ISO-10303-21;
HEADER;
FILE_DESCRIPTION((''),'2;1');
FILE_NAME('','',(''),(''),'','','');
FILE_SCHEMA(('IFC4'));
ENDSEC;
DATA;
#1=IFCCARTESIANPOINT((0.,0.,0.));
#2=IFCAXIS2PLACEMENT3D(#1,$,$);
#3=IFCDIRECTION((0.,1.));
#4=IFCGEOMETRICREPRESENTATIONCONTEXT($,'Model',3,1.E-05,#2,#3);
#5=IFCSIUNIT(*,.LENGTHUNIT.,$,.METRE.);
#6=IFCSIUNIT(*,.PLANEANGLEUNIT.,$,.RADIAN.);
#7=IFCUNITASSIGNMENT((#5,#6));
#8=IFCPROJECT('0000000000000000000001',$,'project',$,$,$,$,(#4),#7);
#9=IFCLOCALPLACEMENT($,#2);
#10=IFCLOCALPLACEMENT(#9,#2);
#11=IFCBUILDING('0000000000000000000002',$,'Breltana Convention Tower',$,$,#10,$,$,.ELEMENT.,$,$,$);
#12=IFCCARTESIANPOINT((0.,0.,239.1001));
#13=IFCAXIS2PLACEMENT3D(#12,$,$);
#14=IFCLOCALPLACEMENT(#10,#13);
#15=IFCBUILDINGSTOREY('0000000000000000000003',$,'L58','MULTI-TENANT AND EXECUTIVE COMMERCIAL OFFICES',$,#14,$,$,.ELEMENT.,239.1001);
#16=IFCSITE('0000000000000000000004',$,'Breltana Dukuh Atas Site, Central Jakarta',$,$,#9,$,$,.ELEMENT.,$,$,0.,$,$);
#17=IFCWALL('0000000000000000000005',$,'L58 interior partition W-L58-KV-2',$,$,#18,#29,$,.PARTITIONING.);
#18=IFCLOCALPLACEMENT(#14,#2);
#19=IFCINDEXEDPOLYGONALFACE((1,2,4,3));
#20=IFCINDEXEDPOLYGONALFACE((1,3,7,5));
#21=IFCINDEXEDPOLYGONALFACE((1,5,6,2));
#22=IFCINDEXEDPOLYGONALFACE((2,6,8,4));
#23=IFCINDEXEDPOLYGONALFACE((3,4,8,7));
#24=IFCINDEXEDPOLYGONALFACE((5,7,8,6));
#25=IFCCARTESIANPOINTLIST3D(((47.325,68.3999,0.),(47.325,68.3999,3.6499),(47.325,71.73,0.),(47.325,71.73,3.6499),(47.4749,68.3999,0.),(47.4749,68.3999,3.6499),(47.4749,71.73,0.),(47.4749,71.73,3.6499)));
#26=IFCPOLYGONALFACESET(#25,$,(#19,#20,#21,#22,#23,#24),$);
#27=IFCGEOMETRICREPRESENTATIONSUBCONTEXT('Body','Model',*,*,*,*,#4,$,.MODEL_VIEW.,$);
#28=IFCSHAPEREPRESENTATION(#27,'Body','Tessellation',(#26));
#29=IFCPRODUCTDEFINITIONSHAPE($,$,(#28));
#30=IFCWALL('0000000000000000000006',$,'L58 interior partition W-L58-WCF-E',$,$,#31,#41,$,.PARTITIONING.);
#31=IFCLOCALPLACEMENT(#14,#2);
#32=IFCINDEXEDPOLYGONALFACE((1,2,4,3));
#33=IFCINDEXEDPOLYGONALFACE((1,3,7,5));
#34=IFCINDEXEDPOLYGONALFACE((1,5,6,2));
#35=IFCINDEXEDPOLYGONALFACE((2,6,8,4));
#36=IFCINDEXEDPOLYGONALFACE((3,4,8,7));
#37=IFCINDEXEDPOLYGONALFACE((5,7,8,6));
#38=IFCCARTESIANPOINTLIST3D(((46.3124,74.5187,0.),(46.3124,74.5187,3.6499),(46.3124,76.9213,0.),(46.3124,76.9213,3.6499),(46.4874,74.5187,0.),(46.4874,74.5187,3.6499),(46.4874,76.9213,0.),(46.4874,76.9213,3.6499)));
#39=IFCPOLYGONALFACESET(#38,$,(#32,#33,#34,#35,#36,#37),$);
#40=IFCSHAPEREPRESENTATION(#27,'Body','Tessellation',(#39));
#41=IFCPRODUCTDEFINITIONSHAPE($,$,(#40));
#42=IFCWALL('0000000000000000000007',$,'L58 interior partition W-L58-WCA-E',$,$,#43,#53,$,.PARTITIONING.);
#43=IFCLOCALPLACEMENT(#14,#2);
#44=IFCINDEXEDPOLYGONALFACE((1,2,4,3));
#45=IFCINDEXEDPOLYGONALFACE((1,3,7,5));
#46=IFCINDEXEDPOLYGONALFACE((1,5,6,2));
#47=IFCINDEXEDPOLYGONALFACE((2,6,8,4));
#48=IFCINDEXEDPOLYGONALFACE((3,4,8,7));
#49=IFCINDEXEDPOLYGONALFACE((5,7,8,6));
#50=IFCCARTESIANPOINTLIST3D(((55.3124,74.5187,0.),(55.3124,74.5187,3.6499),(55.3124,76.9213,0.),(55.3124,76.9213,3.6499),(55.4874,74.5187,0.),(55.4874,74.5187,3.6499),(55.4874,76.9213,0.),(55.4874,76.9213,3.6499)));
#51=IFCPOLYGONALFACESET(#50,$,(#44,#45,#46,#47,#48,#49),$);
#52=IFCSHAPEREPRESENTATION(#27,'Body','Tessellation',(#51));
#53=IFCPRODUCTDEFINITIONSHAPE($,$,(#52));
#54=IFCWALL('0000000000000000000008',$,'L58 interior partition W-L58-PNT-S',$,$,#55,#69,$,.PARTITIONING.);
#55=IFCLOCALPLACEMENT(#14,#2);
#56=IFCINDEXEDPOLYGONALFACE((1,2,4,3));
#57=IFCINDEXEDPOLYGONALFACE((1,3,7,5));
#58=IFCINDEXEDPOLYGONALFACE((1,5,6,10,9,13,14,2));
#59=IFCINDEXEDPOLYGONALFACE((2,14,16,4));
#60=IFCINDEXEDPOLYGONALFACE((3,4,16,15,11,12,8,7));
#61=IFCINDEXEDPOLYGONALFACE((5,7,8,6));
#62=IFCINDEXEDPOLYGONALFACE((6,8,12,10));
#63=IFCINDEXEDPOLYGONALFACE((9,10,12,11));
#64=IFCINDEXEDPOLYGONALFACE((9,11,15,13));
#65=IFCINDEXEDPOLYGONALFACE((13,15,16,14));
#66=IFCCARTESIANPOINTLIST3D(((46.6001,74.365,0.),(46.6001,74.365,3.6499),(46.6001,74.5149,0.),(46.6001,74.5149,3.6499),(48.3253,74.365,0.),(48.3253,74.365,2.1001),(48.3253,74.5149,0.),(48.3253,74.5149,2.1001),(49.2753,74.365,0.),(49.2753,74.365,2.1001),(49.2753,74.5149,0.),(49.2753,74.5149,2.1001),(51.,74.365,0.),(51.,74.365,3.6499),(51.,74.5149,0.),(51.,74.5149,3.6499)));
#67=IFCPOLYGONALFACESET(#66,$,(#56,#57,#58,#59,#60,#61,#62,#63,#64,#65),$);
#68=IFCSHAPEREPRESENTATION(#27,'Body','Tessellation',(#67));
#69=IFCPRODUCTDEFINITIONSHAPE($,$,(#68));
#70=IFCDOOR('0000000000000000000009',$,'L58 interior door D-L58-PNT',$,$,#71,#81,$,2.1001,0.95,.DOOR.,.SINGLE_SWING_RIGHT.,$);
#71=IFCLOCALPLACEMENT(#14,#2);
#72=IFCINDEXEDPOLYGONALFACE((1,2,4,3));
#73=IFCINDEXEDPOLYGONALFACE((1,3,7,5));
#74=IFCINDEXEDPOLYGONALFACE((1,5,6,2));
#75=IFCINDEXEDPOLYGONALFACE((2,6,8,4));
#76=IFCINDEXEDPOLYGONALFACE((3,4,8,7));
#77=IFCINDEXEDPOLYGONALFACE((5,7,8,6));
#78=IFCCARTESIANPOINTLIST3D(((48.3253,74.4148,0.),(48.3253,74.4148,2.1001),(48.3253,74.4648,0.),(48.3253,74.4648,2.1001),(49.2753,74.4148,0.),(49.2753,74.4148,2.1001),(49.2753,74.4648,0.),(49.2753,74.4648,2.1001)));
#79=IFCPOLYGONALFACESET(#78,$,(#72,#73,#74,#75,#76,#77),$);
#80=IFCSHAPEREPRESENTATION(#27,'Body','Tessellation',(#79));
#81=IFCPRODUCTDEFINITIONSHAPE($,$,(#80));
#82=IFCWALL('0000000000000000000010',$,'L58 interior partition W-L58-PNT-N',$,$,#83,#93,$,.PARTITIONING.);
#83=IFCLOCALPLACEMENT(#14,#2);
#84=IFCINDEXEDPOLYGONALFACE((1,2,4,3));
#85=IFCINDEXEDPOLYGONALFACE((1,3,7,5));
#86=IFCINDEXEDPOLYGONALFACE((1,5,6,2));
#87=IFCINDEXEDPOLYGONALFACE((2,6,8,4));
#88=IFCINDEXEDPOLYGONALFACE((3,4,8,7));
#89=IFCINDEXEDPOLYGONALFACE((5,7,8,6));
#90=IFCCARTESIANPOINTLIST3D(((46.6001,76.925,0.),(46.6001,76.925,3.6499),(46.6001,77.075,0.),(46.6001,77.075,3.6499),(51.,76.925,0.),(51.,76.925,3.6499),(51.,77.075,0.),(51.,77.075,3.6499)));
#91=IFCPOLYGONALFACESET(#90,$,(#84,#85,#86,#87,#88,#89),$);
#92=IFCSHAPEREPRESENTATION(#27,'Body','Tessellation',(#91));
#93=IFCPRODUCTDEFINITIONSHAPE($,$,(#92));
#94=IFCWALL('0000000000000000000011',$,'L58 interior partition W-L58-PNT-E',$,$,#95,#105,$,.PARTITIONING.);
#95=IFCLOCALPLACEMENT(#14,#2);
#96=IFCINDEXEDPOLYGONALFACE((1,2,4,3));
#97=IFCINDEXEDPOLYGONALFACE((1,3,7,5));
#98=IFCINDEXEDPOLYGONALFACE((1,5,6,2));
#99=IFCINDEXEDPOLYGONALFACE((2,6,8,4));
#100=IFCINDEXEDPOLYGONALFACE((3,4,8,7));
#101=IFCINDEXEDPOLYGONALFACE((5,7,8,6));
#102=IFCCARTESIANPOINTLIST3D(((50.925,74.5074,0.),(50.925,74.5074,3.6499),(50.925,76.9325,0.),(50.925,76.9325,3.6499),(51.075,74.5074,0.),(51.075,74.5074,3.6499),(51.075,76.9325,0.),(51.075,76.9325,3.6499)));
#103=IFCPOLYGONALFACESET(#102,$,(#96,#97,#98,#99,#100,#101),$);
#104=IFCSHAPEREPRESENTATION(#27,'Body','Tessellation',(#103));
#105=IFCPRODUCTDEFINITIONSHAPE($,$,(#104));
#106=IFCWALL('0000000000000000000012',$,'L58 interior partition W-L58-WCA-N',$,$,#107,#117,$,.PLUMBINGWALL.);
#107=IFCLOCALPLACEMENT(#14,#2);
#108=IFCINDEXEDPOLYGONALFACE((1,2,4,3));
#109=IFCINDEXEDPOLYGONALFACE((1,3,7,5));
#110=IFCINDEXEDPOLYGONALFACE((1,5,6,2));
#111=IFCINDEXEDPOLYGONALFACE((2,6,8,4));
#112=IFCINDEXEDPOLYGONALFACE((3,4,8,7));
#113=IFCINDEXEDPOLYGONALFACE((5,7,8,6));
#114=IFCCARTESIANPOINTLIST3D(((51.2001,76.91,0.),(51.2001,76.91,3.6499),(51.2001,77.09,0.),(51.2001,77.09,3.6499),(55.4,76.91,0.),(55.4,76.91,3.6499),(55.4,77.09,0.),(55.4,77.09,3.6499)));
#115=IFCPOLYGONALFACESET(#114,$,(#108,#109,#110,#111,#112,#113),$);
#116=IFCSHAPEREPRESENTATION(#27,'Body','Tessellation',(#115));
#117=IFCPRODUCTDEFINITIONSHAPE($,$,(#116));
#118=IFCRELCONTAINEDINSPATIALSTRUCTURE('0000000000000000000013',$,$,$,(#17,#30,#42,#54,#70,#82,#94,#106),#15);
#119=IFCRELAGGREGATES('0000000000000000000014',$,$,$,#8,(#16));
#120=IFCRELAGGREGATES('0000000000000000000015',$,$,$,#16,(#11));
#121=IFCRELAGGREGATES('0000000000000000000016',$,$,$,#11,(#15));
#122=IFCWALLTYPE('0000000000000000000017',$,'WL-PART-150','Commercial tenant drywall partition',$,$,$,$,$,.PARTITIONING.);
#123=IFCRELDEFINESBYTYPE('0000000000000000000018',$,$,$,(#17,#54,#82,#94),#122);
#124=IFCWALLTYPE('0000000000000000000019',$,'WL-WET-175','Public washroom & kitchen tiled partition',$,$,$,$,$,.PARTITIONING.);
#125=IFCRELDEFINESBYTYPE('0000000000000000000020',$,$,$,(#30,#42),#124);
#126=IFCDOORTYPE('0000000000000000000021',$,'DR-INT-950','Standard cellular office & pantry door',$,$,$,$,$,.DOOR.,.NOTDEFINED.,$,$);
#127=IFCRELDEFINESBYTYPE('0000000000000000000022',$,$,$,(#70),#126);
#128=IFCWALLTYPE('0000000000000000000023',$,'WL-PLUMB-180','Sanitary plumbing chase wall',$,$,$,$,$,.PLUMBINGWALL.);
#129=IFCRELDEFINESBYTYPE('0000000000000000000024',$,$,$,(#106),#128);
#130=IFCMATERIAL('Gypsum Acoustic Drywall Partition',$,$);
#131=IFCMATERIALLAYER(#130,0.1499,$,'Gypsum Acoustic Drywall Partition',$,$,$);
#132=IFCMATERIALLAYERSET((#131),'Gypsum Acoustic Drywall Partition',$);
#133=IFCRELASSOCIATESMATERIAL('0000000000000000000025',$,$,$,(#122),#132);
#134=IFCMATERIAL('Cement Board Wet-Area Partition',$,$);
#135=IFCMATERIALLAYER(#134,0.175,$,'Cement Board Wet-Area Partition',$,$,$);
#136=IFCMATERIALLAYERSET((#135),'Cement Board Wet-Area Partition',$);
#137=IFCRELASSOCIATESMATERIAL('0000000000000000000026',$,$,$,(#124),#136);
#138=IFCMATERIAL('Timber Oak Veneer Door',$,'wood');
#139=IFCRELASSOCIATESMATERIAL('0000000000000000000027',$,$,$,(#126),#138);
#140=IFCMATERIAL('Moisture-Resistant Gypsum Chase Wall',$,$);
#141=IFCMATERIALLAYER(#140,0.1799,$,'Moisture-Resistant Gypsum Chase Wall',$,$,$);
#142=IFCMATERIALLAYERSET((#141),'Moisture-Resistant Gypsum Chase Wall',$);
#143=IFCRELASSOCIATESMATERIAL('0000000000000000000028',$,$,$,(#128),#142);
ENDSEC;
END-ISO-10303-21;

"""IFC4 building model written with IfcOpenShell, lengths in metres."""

from ifc_helpers import new_model, si_unit, direction, frame, frame_2d, origin, place, context, subcontext, project, spatial, rectangle, extrude, source, transform, mapped, material, layer, layer_set, type_object, type_shapes, element, fill, save


model = new_model("IFC4")

# Units and contexts
model_context = context("Model", 3, precision=1e-05, world=origin(), true_north=direction((0.0, 1.0)))
body_context = subcontext(model_context, "Body", "Model", "MODEL_VIEW")
ifc_project = project(units=[si_unit("LENGTHUNIT", "METRE"), si_unit("PLANEANGLEUNIT", "RADIAN")], contexts=[model_context])

# Site, building, storey
site_placement = place(None, origin())
site = spatial("IfcSite", under=ifc_project, at=site_placement, Name="Breltana Dukuh Atas Site, Central Jakarta", CompositionType="ELEMENT", RefElevation=0.0)
building_placement = place(site_placement, origin())
building = spatial("IfcBuilding", under=site, at=building_placement, Name="Breltana Convention Tower", CompositionType="ELEMENT")
storey_placement = place(building_placement, frame((0.0, 0.0, 239.1001)))
storey = spatial("IfcBuildingStorey", under=building, at=storey_placement, Name="L58", Description="MULTI-TENANT AND EXECUTIVE COMMERCIAL OFFICES", CompositionType="ELEMENT", Elevation=239.1001)

# Walls
ifc_material_1 = material(Name="Gypsum Acoustic Drywall Partition")
ifc_layer_1 = layer(ifc_material_1, 0.1499, Name="Gypsum Acoustic Drywall Partition")
ifc_layer_set_1 = layer_set([ifc_layer_1], Name="Gypsum Acoustic Drywall Partition")
wall_type_1 = type_object("IfcWallType", Name="WL-PART-150", Description="Commercial tenant drywall partition", PredefinedType="PARTITIONING", material=ifc_layer_set_1)
shared_shape_1 = source(origin(), body_context, "Body", "SweptSolid", [
    extrude(rectangle(XDim=3.3301, YDim=0.1499, at=frame_2d((1.665, 0.0))), origin(), (0.0, 0.0, 1.0), 3.6499),
])
for number, where, z_axis, x_axis, name in (
    (1, (47.3999, 68.3999, 0.0), (0.0, 0.0, 1.0), (0.0, 1.0, 0.0), "L58 interior partition W-L58-KV-2"),
):
    element("IfcWall", number, at=place(storey_placement, frame(where, z_axis=z_axis, x_axis=x_axis)), inside=storey, type_object=wall_type_1, Name=name, PredefinedType="PARTITIONING", context=body_context, shape_type="MappedRepresentation", body=[
        mapped(shared_shape_1, transform((0.0, 0.0, 0.0), scale=1.0)),
    ])
ifc_material_2 = material(Name="Cement Board Wet-Area Partition")
ifc_layer_2 = layer(ifc_material_2, 0.175, Name="Cement Board Wet-Area Partition")
ifc_layer_set_2 = layer_set([ifc_layer_2], Name="Cement Board Wet-Area Partition")
wall_type_2 = type_object("IfcWallType", Name="WL-WET-175", Description="Public washroom & kitchen tiled partition", PredefinedType="PARTITIONING", material=ifc_layer_set_2)
shared_shape_2 = source(origin(), body_context, "Body", "SweptSolid", [
    extrude(rectangle(XDim=2.4026, YDim=0.175, at=frame_2d((1.2012, 0.0))), origin(), (0.0, 0.0, 1.0), 3.6499),
])
for number, where, z_axis, x_axis, name in (
    (2, (46.3999, 74.5188, 0.0), (0.0, 0.0, 1.0), (0.0, 1.0, 0.0), "L58 interior partition W-L58-WCF-E"),
    (3, (55.3999, 74.5188, 0.0), (0.0, 0.0, 1.0), (0.0, 1.0, 0.0), "L58 interior partition W-L58-WCA-E"),
):
    element("IfcWall", number, at=place(storey_placement, frame(where, z_axis=z_axis, x_axis=x_axis)), inside=storey, type_object=wall_type_2, Name=name, PredefinedType="PARTITIONING", context=body_context, shape_type="MappedRepresentation", body=[
        mapped(shared_shape_2, transform((0.0, 0.0, 0.0), scale=1.0)),
    ])

# Wall, opening, door
shared_shape_3 = source(origin(), body_context, "Body", "SweptSolid", [
    extrude(rectangle(XDim=4.3999, YDim=0.1499, at=frame_2d((2.2, 0.0))), origin(), (0.0, 0.0, 1.0), 3.6499),
])
wall_1_placement = place(storey_placement, frame((46.6001, 74.4399, 0.0), z_axis=(0.0, 0.0, 1.0), x_axis=(1.0, 0.0, 0.0)))
wall_1 = element("IfcWall", 4, at=wall_1_placement, inside=storey, type_object=wall_type_1, Name="L58 interior partition W-L58-PNT-S", PredefinedType="PARTITIONING", context=body_context, shape_type="MappedRepresentation", body=[
    mapped(shared_shape_3, transform((0.0, 0.0, 0.0), scale=1.0)),
])
opening_1_placement = place(wall_1_placement, frame((1.7251, 0.0, 0.0)))
opening_1 = element("IfcOpeningElement", 5, at=opening_1_placement, cuts=wall_1, PredefinedType="OPENING", context=body_context, shape_type="SweptSolid", body=[
    extrude(rectangle(XDim=0.95, YDim=2.1001, at=frame_2d((0.4751, 1.05))), frame((0.0, 0.085, 0.0), z_axis=(0.0, -1.0, 0.0), x_axis=(1.0, 0.0, 0.0)), (0.0, 0.0, 1.0), 0.1699),
])
ifc_material_3 = material(Name="Timber Oak Veneer Door", Category="wood")
door_type_1 = type_object("IfcDoorType", Name="DR-INT-950", Description="Standard cellular office & pantry door", OperationType="NOTDEFINED", PredefinedType="DOOR", material=ifc_material_3)
shared_shape_4 = source(origin(), body_context, "Body", "SweptSolid", [
    extrude(rectangle(XDim=0.95, YDim=2.1001, at=frame_2d((0.4751, 1.05))), frame((0.0, 0.0249, 0.0), z_axis=(0.0, -1.0, 0.0), x_axis=(1.0, 0.0, 0.0)), (0.0, 0.0, 1.0), 0.05),
])
type_shapes(door_type_1, [shared_shape_4])
door_1_placement = place(opening_1_placement, origin())
door_1 = element("IfcDoor", 6, at=door_1_placement, inside=storey, type_object=door_type_1, Name="L58 interior door D-L58-PNT", OperationType="SINGLE_SWING_RIGHT", OverallHeight=2.1001, OverallWidth=0.95, PredefinedType="DOOR", context=body_context, shape_type="MappedRepresentation", body=[
    mapped(shared_shape_4, transform((0.0, 0.0, 0.0), scale=1.0)),
])
fill(opening_1, door_1)

# Walls
wall_2_placement = place(storey_placement, frame((46.6001, 77.0, 0.0), z_axis=(0.0, 0.0, 1.0), x_axis=(1.0, 0.0, 0.0)))
element("IfcWall", 7, at=wall_2_placement, inside=storey, type_object=wall_type_1, Name="L58 interior partition W-L58-PNT-N", PredefinedType="PARTITIONING", context=body_context, shape_type="MappedRepresentation", body=[
    mapped(shared_shape_3, transform((0.0, 0.0, 0.0), scale=1.0)),
])
shared_shape_5 = source(origin(), body_context, "Body", "SweptSolid", [
    extrude(rectangle(XDim=2.425, YDim=0.1499, at=frame_2d((1.2124, 0.0))), origin(), (0.0, 0.0, 1.0), 3.6499),
])
wall_3_placement = place(storey_placement, frame((51.0, 74.5076, 0.0), z_axis=(0.0, 0.0, 1.0), x_axis=(0.0, 1.0, 0.0)))
element("IfcWall", 8, at=wall_3_placement, inside=storey, type_object=wall_type_1, Name="L58 interior partition W-L58-PNT-E", PredefinedType="PARTITIONING", context=body_context, shape_type="MappedRepresentation", body=[
    mapped(shared_shape_5, transform((0.0, 0.0, 0.0), scale=1.0)),
])

# Wall
ifc_material_4 = material(Name="Moisture-Resistant Gypsum Chase Wall")
ifc_layer_3 = layer(ifc_material_4, 0.1799, Name="Moisture-Resistant Gypsum Chase Wall")
ifc_layer_set_3 = layer_set([ifc_layer_3], Name="Moisture-Resistant Gypsum Chase Wall")
wall_type_3 = type_object("IfcWallType", Name="WL-PLUMB-180", Description="Sanitary plumbing chase wall", PredefinedType="PLUMBINGWALL", material=ifc_layer_set_3)
shared_shape_6 = source(origin(), body_context, "Body", "SweptSolid", [
    extrude(rectangle(XDim=4.2, YDim=0.1799, at=frame_2d((2.1001, 0.0))), origin(), (0.0, 0.0, 1.0), 3.6499),
])
wall_4_placement = place(storey_placement, frame((51.2, 77.0, 0.0), z_axis=(0.0, 0.0, 1.0), x_axis=(1.0, 0.0, 0.0)))
element("IfcWall", 9, at=wall_4_placement, inside=storey, type_object=wall_type_3, Name="L58 interior partition W-L58-WCA-N", PredefinedType="PLUMBINGWALL", context=body_context, shape_type="MappedRepresentation", body=[
    mapped(shared_shape_6, transform((0.0, 0.0, 0.0), scale=1.0)),
])

save(model, "model.ifc")
